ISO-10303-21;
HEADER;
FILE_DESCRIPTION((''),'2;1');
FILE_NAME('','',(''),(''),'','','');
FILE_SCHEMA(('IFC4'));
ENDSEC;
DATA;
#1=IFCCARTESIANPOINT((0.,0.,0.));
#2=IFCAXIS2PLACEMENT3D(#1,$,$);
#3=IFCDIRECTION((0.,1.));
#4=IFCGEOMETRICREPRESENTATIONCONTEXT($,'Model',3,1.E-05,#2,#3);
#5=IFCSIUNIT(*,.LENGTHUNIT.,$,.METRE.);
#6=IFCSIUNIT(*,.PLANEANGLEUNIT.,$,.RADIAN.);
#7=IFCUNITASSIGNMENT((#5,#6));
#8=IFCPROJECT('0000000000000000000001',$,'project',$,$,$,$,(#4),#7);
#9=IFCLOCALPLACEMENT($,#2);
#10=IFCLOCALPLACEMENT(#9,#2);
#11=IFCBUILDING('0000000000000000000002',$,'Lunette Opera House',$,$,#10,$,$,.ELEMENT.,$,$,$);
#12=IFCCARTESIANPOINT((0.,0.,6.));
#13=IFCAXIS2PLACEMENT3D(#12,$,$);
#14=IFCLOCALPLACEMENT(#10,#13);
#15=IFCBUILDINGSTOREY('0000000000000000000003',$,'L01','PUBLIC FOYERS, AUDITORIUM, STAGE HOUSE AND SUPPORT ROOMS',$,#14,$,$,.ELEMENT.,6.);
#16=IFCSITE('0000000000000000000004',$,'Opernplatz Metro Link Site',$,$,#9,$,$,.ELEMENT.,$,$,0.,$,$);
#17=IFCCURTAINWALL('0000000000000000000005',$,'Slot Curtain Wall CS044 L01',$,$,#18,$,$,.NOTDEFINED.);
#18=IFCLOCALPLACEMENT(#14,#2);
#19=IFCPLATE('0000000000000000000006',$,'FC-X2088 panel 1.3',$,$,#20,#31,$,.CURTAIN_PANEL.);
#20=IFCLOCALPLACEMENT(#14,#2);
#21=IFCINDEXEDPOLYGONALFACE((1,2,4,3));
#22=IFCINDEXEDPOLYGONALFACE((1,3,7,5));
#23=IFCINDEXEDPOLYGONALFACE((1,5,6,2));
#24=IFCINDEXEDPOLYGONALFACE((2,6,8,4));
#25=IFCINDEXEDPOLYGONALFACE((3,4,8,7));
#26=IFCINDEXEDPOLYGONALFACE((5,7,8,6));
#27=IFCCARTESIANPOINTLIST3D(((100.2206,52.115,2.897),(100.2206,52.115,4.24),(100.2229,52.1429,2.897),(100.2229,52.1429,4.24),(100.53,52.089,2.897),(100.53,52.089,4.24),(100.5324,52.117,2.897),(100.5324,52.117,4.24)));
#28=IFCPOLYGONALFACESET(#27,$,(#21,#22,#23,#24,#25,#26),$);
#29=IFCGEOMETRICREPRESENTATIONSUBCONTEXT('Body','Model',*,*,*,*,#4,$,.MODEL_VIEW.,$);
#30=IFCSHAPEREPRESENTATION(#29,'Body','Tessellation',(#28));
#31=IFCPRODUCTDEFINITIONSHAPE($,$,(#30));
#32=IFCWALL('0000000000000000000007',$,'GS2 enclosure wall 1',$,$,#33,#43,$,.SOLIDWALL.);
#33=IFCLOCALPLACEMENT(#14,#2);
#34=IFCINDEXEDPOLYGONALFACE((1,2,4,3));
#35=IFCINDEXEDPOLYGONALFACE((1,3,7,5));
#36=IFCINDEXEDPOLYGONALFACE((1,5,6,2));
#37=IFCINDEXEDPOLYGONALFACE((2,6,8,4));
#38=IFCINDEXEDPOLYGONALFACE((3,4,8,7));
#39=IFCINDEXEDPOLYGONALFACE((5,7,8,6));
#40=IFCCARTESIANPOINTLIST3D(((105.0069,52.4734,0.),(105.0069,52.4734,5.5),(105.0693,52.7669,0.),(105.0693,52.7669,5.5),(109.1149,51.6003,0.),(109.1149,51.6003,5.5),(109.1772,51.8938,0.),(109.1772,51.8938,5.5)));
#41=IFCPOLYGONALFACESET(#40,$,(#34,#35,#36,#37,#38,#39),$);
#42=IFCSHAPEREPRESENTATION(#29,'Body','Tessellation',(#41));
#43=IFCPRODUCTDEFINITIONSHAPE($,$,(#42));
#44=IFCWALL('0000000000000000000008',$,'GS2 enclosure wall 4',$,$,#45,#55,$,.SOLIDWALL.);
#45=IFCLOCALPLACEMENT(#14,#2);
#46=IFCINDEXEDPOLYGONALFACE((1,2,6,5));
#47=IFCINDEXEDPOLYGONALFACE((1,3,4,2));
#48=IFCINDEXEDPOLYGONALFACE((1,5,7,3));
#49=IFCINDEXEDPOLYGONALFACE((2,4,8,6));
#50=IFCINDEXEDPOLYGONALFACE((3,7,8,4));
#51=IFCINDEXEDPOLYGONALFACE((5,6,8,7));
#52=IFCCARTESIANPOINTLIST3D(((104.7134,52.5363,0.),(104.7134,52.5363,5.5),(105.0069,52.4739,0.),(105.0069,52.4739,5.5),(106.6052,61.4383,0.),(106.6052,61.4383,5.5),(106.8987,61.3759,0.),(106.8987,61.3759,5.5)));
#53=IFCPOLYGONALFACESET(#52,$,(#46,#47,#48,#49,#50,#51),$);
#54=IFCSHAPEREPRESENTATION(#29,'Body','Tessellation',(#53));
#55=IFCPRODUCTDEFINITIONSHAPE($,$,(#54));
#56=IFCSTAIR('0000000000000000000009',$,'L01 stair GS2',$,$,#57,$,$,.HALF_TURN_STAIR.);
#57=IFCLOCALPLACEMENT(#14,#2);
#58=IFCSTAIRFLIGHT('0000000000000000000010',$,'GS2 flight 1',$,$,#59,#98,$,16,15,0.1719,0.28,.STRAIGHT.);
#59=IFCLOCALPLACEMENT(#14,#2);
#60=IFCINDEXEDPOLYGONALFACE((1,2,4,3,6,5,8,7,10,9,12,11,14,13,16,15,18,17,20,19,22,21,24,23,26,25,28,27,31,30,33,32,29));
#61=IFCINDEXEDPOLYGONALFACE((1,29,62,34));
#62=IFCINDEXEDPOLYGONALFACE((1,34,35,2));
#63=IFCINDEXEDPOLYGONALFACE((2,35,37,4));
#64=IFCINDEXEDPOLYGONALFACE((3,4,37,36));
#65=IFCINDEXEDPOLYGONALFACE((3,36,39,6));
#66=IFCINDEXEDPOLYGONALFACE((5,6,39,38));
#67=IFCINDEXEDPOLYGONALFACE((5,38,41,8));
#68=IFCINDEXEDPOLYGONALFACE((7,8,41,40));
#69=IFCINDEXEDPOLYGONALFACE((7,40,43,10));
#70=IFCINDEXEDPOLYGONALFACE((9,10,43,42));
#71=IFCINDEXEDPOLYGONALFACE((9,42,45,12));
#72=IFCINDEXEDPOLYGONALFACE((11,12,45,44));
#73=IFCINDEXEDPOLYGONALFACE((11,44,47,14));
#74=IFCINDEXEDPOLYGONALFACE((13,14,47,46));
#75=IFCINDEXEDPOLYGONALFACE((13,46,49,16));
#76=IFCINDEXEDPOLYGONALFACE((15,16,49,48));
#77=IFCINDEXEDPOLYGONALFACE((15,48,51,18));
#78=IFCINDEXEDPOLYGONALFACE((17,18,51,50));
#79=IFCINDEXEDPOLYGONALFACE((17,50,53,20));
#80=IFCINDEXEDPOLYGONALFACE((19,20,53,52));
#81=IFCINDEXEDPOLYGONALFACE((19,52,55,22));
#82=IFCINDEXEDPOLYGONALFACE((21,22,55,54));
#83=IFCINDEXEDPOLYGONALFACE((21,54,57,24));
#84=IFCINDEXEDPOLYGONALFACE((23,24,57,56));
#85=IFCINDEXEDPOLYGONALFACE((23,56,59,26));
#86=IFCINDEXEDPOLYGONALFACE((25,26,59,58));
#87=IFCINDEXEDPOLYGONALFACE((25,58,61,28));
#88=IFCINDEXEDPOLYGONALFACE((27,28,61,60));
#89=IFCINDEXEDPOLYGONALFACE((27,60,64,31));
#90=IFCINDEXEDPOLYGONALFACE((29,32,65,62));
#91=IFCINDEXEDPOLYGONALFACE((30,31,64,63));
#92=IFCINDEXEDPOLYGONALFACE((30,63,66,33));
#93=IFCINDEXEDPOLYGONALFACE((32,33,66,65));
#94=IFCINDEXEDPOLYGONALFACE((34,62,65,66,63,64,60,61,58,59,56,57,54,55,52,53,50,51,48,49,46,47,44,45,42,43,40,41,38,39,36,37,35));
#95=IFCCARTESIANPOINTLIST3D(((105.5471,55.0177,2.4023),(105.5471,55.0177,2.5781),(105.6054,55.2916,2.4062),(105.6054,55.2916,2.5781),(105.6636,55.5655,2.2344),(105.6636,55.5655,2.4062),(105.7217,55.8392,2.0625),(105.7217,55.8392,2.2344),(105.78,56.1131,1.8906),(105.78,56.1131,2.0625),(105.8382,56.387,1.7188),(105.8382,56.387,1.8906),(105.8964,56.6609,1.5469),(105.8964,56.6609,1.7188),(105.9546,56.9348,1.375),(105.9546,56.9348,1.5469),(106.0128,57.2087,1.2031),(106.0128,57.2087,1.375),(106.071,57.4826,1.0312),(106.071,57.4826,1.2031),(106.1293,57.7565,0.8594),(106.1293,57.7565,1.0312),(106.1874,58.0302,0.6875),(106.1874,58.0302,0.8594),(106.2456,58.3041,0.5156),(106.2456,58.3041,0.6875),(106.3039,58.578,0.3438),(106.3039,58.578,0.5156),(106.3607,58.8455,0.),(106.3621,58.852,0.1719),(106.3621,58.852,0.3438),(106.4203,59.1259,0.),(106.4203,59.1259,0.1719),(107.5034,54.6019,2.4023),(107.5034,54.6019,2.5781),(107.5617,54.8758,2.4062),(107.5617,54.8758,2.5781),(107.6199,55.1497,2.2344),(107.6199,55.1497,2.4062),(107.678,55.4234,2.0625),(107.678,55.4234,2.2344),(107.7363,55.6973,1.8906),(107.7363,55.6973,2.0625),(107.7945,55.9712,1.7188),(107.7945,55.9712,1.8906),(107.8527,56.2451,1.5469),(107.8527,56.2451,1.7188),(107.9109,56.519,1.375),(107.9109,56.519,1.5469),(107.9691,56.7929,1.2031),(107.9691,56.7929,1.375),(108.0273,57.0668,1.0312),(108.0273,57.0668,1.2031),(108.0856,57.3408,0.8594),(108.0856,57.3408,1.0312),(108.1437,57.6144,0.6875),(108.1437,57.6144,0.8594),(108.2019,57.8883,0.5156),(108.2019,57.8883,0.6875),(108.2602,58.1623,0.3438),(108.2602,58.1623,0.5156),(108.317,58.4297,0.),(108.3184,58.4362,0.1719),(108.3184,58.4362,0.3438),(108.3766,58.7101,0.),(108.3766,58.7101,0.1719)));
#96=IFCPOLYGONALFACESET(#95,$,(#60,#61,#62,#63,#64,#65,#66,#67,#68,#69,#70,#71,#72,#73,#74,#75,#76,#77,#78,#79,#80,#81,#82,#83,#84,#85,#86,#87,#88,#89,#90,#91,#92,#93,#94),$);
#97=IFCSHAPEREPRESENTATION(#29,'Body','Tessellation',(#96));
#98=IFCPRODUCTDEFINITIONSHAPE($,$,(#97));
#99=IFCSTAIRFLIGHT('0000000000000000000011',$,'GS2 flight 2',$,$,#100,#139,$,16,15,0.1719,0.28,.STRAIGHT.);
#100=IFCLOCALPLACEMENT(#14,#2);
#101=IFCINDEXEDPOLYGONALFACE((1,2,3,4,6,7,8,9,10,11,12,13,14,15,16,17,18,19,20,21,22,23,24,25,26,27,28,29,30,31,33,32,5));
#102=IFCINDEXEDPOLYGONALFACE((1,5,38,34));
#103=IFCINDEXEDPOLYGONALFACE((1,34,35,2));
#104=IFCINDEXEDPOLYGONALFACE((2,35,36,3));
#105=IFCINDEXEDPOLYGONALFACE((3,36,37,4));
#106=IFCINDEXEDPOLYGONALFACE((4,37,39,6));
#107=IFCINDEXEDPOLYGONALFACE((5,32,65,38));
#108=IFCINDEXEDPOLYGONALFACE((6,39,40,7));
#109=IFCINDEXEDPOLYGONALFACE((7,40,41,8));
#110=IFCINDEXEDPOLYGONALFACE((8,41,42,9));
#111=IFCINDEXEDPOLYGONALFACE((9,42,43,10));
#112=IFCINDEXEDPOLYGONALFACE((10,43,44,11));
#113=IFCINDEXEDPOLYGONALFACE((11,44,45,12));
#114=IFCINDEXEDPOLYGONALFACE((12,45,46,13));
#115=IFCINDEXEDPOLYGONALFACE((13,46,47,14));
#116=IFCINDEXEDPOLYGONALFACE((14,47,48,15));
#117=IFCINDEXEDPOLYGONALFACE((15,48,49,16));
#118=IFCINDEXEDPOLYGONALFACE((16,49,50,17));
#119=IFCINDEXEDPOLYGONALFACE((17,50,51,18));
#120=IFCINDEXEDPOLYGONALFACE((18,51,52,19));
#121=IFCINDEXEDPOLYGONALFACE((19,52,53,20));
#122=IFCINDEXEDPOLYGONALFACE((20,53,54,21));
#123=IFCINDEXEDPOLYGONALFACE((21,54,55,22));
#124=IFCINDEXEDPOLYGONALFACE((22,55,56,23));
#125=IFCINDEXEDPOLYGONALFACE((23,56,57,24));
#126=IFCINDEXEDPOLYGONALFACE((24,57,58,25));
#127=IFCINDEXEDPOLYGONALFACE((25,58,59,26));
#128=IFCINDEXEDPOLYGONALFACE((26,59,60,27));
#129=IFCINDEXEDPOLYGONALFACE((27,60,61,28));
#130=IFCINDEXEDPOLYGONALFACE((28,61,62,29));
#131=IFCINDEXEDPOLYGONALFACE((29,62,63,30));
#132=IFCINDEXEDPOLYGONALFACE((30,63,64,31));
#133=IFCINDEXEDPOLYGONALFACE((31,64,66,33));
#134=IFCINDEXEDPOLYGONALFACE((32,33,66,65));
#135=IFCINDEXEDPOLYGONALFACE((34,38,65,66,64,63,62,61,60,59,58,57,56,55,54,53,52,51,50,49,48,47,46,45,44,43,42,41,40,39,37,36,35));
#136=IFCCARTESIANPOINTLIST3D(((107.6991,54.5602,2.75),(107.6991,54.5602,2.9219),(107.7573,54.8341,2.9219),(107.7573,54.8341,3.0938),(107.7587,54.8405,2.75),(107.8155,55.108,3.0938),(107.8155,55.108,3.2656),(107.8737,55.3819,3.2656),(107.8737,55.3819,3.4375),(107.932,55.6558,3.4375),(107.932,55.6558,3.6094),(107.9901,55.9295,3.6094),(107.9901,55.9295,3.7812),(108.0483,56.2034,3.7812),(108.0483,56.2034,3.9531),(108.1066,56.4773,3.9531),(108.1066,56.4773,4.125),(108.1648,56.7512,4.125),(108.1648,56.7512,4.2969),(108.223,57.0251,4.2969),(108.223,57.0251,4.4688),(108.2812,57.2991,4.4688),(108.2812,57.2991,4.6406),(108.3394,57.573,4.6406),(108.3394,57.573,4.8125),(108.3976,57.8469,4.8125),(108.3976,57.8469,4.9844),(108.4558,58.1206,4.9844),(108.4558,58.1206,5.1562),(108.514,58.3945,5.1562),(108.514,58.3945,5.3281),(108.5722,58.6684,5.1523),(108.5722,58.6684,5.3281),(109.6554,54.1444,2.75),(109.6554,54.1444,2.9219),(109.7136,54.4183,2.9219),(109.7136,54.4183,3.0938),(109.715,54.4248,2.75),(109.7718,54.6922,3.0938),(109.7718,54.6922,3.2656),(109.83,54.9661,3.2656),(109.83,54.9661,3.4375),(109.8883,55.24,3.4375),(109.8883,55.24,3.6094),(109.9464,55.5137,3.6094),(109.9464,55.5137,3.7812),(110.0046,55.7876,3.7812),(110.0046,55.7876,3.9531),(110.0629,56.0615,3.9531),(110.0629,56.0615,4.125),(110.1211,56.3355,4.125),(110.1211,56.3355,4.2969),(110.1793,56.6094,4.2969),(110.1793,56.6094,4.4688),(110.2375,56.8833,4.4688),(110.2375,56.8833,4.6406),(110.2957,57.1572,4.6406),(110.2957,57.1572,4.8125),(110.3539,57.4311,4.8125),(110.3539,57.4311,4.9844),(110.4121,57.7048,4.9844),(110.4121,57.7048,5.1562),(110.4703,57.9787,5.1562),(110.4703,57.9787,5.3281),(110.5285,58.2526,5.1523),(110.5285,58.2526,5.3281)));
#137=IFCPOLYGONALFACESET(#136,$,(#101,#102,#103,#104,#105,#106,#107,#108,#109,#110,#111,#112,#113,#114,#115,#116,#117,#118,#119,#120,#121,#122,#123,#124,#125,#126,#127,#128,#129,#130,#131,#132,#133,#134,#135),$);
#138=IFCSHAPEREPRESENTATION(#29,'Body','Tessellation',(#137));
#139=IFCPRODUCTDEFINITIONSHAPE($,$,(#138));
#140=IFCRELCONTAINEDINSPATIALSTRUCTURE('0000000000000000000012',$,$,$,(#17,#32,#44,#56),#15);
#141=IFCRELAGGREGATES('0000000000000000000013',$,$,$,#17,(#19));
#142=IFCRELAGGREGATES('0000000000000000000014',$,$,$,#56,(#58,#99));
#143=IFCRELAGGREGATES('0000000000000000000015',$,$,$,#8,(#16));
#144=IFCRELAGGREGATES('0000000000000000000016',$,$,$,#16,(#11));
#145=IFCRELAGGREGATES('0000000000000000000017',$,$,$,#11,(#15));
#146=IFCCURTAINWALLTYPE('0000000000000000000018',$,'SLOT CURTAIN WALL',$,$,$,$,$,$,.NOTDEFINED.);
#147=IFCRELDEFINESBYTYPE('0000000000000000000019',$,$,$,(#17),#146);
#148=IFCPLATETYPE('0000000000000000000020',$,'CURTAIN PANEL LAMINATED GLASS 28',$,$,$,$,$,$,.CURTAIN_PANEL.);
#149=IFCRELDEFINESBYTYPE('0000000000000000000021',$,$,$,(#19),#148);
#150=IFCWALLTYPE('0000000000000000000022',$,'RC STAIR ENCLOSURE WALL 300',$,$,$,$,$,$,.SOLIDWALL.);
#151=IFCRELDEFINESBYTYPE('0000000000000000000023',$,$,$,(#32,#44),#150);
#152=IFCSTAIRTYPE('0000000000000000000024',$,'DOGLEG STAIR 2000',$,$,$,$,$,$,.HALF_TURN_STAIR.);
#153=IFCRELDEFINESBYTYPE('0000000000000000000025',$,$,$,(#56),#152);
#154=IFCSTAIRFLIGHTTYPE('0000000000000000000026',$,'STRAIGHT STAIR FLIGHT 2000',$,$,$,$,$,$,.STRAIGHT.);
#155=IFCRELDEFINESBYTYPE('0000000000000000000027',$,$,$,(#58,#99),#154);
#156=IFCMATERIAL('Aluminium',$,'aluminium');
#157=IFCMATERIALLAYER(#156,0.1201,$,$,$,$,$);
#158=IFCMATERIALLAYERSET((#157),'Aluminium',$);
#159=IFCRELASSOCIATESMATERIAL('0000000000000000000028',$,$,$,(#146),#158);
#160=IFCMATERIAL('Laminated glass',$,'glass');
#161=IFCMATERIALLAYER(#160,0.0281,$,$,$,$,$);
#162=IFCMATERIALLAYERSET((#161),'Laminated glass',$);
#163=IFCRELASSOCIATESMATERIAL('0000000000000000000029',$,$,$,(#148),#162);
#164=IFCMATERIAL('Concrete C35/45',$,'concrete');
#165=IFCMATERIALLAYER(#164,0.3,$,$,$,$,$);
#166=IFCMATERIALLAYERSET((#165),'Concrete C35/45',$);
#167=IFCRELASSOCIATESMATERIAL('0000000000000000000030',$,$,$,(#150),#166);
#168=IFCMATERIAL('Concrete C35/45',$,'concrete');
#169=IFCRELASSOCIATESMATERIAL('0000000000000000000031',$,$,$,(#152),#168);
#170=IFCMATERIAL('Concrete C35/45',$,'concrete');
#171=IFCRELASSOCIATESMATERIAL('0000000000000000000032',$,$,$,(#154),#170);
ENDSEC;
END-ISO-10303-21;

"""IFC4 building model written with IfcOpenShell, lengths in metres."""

from ifc_helpers import new_model, si_unit, direction, frame, frame_2d, origin, origin_2d, place, context, subcontext, project, spatial, polyline, rectangle, outline, extrude, material, layer, layer_set, type_object, element, aggregate, save


model = new_model("IFC4")

# Units and contexts
model_context = context("Model", 3, precision=1e-05, world=origin(), true_north=direction((0.0, 1.0)))
body_context = subcontext(model_context, "Body", "Model", "MODEL_VIEW")
ifc_project = project(units=[si_unit("LENGTHUNIT", "METRE"), si_unit("PLANEANGLEUNIT", "RADIAN")], contexts=[model_context])

# Site, building, storey
site_placement = place(None, origin())
site = spatial("IfcSite", under=ifc_project, at=site_placement, Name="Opernplatz Metro Link Site", CompositionType="ELEMENT", RefElevation=0.0)
building_placement = place(site_placement, origin())
building = spatial("IfcBuilding", under=site, at=building_placement, Name="Lunette Opera House", CompositionType="ELEMENT")
storey_placement = place(building_placement, frame((0.0, 0.0, 6.0)))
storey = spatial("IfcBuildingStorey", under=building, at=storey_placement, Name="L01", Description="PUBLIC FOYERS, AUDITORIUM, STAGE HOUSE AND SUPPORT ROOMS", CompositionType="ELEMENT", Elevation=6.0)

# Curtain wall
ifc_material_1 = material(Name="Aluminium", Category="aluminium")
ifc_layer_1 = layer(ifc_material_1, 0.1201)
ifc_layer_set_1 = layer_set([ifc_layer_1], Name="Aluminium")
curtain_wall_type = type_object("IfcCurtainWallType", Name="SLOT CURTAIN WALL", PredefinedType="NOTDEFINED", material=ifc_layer_set_1)
curtain_wall_placement = place(storey_placement, origin())
curtain_wall = element("IfcCurtainWall", 1, at=curtain_wall_placement, inside=storey, type_object=curtain_wall_type, Name="Slot Curtain Wall CS044 L01", PredefinedType="NOTDEFINED")

# Plate
ifc_material_2 = material(Name="Laminated glass", Category="glass")
ifc_layer_2 = layer(ifc_material_2, 0.0281)
ifc_layer_set_2 = layer_set([ifc_layer_2], Name="Laminated glass")
plate_type = type_object("IfcPlateType", Name="CURTAIN PANEL LAMINATED GLASS 28", PredefinedType="CURTAIN_PANEL", material=ifc_layer_set_2)
plate_1_placement = place(storey_placement, frame((100.3765, 52.116, 2.897), z_axis=(0.0, 0.0, 1.0), x_axis=(0.996498, -0.083622, 0.0)))
plate_1 = element("IfcPlate", 2, at=plate_1_placement, type_object=plate_type, Name="FC-X2088 panel 1.3", PredefinedType="CURTAIN_PANEL", context=body_context, shape_type="SweptSolid", body=[
    extrude(rectangle(XDim=0.3105, YDim=0.0281, at=origin_2d()), origin(), (0.0, 0.0, 1.0), 1.343),
])
aggregate(curtain_wall, [plate_1])

# Wall
ifc_material_3 = material(Name="Concrete C35/45", Category="concrete")
ifc_layer_3 = layer(ifc_material_3, 0.3)
ifc_layer_set_3 = layer_set([ifc_layer_3], Name="Concrete C35/45")
wall_type = type_object("IfcWallType", Name="RC STAIR ENCLOSURE WALL 300", PredefinedType="SOLIDWALL", material=ifc_layer_set_3)
wall_1_placement = place(storey_placement, frame((105.0381, 52.6201, 0.0), z_axis=(0.0, 0.0, 1.0), x_axis=(0.978153, -0.207885, 0.0)))
element("IfcWall", 3, at=wall_1_placement, inside=storey, type_object=wall_type, Name="GS2 enclosure wall 1", PredefinedType="SOLIDWALL", context=body_context, shape_type="SweptSolid", body=[
    extrude(rectangle(XDim=4.1997, YDim=0.3, at=frame_2d((2.0999, 0.0))), origin(), (0.0, 0.0, 1.0), 5.5),
])

# Wall
wall_2_placement = place(storey_placement, frame((106.752, 61.407, 0.0), z_axis=(0.0, 0.0, 1.0), x_axis=(-0.207874, -0.978156, 0.0)))
element("IfcWall", 4, at=wall_2_placement, inside=storey, type_object=wall_type, Name="GS2 enclosure wall 4", PredefinedType="SOLIDWALL", context=body_context, shape_type="SweptSolid", body=[
    extrude(rectangle(XDim=9.1008, YDim=0.3, at=frame_2d((4.5503, 0.0))), origin(), (0.0, 0.0, 1.0), 5.5),
])

# Stair, stair flights
ifc_material_4 = material(Name="Concrete C35/45", Category="concrete")
stair_type = type_object("IfcStairType", Name="DOGLEG STAIR 2000", PredefinedType="HALF_TURN_STAIR", material=ifc_material_4)
stair_placement = place(storey_placement, origin())
stair = element("IfcStair", 5, at=stair_placement, inside=storey, type_object=stair_type, Name="L01 stair GS2", PredefinedType="HALF_TURN_STAIR")
ifc_material_5 = material(Name="Concrete C35/45", Category="concrete")
stair_flight_type = type_object("IfcStairFlightType", Name="STRAIGHT STAIR FLIGHT 2000", PredefinedType="STRAIGHT", material=ifc_material_5)
stair_flight_1_placement = place(storey_placement, frame((107.3984, 58.918, 0.0), z_axis=(0.0, 0.0, 1.0), x_axis=(-0.207893, -0.978152, 0.0)))
stair_flight_1 = element("IfcStairFlight", 6, at=stair_flight_1_placement, type_object=stair_flight_type, Name="GS2 flight 1", NumberOfRisers=16, NumberOfTreads=15, PredefinedType="STRAIGHT", RiserHeight=0.1719, TreadLength=0.28, context=body_context, shape_type="SweptSolid", body=[
    extrude(outline(polyline([(0.0, 0.0), (0.0, 0.1719), (0.28, 0.1719), (0.28, 0.3438), (0.5601, 0.3438), (0.5601, 0.5156), (0.8401, 0.5156), (0.8401, 0.6875), (1.1201, 0.6875), (1.1201, 0.8594), (1.3999, 0.8594), (1.3999, 1.0312), (1.6799, 1.0312), (1.6799, 1.2031), (1.96, 1.2031), (1.96, 1.375), (2.24, 1.375), (2.24, 1.5469), (2.52, 1.5469), (2.52, 1.7188), (2.8, 1.7188), (2.8, 1.8906), (3.0801, 1.8906), (3.0801, 2.0625), (3.3601, 2.0625), (3.3601, 2.2344), (3.6399, 2.2344), (3.6399, 2.4062), (3.9199, 2.4062), (3.9199, 2.5781), (4.2, 2.5781), (4.2, 2.75), (4.2, 2.4023), (0.2866, 0.0), (0.0, 0.0)])), frame((0.0, 1.0, 0.0), z_axis=(0.0, -1.0, 0.0), x_axis=(1.0, 0.0, 0.0)), (0.0, 0.0, 1.0), 2.0),
])
stair_flight_2_placement = place(storey_placement, frame((108.6772, 54.3523, 2.75), z_axis=(0.0, 0.0, 1.0), x_axis=(0.207893, 0.978152, 0.0)))
stair_flight_2 = element("IfcStairFlight", 7, at=stair_flight_2_placement, type_object=stair_flight_type, Name="GS2 flight 2", NumberOfRisers=16, NumberOfTreads=15, PredefinedType="STRAIGHT", RiserHeight=0.1719, TreadLength=0.28, context=body_context, shape_type="SweptSolid", body=[
    extrude(outline(polyline([(0.0, 0.0), (0.0, 0.1719), (0.28, 0.1719), (0.28, 0.3438), (0.5601, 0.3438), (0.5601, 0.5156), (0.8401, 0.5156), (0.8401, 0.6875), (1.1201, 0.6875), (1.1201, 0.8594), (1.3999, 0.8594), (1.3999, 1.0312), (1.6799, 1.0312), (1.6799, 1.2031), (1.96, 1.2031), (1.96, 1.375), (2.24, 1.375), (2.24, 1.5469), (2.52, 1.5469), (2.52, 1.7188), (2.8, 1.7188), (2.8, 1.8906), (3.0801, 1.8906), (3.0801, 2.0625), (3.3601, 2.0625), (3.3601, 2.2344), (3.6399, 2.2344), (3.6399, 2.4062), (3.9199, 2.4062), (3.9199, 2.5781), (4.2, 2.5781), (4.2, 2.75), (4.2, 2.4023), (0.2866, 0.0), (0.0, 0.0)])), frame((0.0, 1.0, 0.0), z_axis=(0.0, -1.0, 0.0), x_axis=(1.0, 0.0, 0.0)), (0.0, 0.0, 1.0), 2.0),
])
aggregate(stair, [stair_flight_1, stair_flight_2])

save(model, "model.ifc")
